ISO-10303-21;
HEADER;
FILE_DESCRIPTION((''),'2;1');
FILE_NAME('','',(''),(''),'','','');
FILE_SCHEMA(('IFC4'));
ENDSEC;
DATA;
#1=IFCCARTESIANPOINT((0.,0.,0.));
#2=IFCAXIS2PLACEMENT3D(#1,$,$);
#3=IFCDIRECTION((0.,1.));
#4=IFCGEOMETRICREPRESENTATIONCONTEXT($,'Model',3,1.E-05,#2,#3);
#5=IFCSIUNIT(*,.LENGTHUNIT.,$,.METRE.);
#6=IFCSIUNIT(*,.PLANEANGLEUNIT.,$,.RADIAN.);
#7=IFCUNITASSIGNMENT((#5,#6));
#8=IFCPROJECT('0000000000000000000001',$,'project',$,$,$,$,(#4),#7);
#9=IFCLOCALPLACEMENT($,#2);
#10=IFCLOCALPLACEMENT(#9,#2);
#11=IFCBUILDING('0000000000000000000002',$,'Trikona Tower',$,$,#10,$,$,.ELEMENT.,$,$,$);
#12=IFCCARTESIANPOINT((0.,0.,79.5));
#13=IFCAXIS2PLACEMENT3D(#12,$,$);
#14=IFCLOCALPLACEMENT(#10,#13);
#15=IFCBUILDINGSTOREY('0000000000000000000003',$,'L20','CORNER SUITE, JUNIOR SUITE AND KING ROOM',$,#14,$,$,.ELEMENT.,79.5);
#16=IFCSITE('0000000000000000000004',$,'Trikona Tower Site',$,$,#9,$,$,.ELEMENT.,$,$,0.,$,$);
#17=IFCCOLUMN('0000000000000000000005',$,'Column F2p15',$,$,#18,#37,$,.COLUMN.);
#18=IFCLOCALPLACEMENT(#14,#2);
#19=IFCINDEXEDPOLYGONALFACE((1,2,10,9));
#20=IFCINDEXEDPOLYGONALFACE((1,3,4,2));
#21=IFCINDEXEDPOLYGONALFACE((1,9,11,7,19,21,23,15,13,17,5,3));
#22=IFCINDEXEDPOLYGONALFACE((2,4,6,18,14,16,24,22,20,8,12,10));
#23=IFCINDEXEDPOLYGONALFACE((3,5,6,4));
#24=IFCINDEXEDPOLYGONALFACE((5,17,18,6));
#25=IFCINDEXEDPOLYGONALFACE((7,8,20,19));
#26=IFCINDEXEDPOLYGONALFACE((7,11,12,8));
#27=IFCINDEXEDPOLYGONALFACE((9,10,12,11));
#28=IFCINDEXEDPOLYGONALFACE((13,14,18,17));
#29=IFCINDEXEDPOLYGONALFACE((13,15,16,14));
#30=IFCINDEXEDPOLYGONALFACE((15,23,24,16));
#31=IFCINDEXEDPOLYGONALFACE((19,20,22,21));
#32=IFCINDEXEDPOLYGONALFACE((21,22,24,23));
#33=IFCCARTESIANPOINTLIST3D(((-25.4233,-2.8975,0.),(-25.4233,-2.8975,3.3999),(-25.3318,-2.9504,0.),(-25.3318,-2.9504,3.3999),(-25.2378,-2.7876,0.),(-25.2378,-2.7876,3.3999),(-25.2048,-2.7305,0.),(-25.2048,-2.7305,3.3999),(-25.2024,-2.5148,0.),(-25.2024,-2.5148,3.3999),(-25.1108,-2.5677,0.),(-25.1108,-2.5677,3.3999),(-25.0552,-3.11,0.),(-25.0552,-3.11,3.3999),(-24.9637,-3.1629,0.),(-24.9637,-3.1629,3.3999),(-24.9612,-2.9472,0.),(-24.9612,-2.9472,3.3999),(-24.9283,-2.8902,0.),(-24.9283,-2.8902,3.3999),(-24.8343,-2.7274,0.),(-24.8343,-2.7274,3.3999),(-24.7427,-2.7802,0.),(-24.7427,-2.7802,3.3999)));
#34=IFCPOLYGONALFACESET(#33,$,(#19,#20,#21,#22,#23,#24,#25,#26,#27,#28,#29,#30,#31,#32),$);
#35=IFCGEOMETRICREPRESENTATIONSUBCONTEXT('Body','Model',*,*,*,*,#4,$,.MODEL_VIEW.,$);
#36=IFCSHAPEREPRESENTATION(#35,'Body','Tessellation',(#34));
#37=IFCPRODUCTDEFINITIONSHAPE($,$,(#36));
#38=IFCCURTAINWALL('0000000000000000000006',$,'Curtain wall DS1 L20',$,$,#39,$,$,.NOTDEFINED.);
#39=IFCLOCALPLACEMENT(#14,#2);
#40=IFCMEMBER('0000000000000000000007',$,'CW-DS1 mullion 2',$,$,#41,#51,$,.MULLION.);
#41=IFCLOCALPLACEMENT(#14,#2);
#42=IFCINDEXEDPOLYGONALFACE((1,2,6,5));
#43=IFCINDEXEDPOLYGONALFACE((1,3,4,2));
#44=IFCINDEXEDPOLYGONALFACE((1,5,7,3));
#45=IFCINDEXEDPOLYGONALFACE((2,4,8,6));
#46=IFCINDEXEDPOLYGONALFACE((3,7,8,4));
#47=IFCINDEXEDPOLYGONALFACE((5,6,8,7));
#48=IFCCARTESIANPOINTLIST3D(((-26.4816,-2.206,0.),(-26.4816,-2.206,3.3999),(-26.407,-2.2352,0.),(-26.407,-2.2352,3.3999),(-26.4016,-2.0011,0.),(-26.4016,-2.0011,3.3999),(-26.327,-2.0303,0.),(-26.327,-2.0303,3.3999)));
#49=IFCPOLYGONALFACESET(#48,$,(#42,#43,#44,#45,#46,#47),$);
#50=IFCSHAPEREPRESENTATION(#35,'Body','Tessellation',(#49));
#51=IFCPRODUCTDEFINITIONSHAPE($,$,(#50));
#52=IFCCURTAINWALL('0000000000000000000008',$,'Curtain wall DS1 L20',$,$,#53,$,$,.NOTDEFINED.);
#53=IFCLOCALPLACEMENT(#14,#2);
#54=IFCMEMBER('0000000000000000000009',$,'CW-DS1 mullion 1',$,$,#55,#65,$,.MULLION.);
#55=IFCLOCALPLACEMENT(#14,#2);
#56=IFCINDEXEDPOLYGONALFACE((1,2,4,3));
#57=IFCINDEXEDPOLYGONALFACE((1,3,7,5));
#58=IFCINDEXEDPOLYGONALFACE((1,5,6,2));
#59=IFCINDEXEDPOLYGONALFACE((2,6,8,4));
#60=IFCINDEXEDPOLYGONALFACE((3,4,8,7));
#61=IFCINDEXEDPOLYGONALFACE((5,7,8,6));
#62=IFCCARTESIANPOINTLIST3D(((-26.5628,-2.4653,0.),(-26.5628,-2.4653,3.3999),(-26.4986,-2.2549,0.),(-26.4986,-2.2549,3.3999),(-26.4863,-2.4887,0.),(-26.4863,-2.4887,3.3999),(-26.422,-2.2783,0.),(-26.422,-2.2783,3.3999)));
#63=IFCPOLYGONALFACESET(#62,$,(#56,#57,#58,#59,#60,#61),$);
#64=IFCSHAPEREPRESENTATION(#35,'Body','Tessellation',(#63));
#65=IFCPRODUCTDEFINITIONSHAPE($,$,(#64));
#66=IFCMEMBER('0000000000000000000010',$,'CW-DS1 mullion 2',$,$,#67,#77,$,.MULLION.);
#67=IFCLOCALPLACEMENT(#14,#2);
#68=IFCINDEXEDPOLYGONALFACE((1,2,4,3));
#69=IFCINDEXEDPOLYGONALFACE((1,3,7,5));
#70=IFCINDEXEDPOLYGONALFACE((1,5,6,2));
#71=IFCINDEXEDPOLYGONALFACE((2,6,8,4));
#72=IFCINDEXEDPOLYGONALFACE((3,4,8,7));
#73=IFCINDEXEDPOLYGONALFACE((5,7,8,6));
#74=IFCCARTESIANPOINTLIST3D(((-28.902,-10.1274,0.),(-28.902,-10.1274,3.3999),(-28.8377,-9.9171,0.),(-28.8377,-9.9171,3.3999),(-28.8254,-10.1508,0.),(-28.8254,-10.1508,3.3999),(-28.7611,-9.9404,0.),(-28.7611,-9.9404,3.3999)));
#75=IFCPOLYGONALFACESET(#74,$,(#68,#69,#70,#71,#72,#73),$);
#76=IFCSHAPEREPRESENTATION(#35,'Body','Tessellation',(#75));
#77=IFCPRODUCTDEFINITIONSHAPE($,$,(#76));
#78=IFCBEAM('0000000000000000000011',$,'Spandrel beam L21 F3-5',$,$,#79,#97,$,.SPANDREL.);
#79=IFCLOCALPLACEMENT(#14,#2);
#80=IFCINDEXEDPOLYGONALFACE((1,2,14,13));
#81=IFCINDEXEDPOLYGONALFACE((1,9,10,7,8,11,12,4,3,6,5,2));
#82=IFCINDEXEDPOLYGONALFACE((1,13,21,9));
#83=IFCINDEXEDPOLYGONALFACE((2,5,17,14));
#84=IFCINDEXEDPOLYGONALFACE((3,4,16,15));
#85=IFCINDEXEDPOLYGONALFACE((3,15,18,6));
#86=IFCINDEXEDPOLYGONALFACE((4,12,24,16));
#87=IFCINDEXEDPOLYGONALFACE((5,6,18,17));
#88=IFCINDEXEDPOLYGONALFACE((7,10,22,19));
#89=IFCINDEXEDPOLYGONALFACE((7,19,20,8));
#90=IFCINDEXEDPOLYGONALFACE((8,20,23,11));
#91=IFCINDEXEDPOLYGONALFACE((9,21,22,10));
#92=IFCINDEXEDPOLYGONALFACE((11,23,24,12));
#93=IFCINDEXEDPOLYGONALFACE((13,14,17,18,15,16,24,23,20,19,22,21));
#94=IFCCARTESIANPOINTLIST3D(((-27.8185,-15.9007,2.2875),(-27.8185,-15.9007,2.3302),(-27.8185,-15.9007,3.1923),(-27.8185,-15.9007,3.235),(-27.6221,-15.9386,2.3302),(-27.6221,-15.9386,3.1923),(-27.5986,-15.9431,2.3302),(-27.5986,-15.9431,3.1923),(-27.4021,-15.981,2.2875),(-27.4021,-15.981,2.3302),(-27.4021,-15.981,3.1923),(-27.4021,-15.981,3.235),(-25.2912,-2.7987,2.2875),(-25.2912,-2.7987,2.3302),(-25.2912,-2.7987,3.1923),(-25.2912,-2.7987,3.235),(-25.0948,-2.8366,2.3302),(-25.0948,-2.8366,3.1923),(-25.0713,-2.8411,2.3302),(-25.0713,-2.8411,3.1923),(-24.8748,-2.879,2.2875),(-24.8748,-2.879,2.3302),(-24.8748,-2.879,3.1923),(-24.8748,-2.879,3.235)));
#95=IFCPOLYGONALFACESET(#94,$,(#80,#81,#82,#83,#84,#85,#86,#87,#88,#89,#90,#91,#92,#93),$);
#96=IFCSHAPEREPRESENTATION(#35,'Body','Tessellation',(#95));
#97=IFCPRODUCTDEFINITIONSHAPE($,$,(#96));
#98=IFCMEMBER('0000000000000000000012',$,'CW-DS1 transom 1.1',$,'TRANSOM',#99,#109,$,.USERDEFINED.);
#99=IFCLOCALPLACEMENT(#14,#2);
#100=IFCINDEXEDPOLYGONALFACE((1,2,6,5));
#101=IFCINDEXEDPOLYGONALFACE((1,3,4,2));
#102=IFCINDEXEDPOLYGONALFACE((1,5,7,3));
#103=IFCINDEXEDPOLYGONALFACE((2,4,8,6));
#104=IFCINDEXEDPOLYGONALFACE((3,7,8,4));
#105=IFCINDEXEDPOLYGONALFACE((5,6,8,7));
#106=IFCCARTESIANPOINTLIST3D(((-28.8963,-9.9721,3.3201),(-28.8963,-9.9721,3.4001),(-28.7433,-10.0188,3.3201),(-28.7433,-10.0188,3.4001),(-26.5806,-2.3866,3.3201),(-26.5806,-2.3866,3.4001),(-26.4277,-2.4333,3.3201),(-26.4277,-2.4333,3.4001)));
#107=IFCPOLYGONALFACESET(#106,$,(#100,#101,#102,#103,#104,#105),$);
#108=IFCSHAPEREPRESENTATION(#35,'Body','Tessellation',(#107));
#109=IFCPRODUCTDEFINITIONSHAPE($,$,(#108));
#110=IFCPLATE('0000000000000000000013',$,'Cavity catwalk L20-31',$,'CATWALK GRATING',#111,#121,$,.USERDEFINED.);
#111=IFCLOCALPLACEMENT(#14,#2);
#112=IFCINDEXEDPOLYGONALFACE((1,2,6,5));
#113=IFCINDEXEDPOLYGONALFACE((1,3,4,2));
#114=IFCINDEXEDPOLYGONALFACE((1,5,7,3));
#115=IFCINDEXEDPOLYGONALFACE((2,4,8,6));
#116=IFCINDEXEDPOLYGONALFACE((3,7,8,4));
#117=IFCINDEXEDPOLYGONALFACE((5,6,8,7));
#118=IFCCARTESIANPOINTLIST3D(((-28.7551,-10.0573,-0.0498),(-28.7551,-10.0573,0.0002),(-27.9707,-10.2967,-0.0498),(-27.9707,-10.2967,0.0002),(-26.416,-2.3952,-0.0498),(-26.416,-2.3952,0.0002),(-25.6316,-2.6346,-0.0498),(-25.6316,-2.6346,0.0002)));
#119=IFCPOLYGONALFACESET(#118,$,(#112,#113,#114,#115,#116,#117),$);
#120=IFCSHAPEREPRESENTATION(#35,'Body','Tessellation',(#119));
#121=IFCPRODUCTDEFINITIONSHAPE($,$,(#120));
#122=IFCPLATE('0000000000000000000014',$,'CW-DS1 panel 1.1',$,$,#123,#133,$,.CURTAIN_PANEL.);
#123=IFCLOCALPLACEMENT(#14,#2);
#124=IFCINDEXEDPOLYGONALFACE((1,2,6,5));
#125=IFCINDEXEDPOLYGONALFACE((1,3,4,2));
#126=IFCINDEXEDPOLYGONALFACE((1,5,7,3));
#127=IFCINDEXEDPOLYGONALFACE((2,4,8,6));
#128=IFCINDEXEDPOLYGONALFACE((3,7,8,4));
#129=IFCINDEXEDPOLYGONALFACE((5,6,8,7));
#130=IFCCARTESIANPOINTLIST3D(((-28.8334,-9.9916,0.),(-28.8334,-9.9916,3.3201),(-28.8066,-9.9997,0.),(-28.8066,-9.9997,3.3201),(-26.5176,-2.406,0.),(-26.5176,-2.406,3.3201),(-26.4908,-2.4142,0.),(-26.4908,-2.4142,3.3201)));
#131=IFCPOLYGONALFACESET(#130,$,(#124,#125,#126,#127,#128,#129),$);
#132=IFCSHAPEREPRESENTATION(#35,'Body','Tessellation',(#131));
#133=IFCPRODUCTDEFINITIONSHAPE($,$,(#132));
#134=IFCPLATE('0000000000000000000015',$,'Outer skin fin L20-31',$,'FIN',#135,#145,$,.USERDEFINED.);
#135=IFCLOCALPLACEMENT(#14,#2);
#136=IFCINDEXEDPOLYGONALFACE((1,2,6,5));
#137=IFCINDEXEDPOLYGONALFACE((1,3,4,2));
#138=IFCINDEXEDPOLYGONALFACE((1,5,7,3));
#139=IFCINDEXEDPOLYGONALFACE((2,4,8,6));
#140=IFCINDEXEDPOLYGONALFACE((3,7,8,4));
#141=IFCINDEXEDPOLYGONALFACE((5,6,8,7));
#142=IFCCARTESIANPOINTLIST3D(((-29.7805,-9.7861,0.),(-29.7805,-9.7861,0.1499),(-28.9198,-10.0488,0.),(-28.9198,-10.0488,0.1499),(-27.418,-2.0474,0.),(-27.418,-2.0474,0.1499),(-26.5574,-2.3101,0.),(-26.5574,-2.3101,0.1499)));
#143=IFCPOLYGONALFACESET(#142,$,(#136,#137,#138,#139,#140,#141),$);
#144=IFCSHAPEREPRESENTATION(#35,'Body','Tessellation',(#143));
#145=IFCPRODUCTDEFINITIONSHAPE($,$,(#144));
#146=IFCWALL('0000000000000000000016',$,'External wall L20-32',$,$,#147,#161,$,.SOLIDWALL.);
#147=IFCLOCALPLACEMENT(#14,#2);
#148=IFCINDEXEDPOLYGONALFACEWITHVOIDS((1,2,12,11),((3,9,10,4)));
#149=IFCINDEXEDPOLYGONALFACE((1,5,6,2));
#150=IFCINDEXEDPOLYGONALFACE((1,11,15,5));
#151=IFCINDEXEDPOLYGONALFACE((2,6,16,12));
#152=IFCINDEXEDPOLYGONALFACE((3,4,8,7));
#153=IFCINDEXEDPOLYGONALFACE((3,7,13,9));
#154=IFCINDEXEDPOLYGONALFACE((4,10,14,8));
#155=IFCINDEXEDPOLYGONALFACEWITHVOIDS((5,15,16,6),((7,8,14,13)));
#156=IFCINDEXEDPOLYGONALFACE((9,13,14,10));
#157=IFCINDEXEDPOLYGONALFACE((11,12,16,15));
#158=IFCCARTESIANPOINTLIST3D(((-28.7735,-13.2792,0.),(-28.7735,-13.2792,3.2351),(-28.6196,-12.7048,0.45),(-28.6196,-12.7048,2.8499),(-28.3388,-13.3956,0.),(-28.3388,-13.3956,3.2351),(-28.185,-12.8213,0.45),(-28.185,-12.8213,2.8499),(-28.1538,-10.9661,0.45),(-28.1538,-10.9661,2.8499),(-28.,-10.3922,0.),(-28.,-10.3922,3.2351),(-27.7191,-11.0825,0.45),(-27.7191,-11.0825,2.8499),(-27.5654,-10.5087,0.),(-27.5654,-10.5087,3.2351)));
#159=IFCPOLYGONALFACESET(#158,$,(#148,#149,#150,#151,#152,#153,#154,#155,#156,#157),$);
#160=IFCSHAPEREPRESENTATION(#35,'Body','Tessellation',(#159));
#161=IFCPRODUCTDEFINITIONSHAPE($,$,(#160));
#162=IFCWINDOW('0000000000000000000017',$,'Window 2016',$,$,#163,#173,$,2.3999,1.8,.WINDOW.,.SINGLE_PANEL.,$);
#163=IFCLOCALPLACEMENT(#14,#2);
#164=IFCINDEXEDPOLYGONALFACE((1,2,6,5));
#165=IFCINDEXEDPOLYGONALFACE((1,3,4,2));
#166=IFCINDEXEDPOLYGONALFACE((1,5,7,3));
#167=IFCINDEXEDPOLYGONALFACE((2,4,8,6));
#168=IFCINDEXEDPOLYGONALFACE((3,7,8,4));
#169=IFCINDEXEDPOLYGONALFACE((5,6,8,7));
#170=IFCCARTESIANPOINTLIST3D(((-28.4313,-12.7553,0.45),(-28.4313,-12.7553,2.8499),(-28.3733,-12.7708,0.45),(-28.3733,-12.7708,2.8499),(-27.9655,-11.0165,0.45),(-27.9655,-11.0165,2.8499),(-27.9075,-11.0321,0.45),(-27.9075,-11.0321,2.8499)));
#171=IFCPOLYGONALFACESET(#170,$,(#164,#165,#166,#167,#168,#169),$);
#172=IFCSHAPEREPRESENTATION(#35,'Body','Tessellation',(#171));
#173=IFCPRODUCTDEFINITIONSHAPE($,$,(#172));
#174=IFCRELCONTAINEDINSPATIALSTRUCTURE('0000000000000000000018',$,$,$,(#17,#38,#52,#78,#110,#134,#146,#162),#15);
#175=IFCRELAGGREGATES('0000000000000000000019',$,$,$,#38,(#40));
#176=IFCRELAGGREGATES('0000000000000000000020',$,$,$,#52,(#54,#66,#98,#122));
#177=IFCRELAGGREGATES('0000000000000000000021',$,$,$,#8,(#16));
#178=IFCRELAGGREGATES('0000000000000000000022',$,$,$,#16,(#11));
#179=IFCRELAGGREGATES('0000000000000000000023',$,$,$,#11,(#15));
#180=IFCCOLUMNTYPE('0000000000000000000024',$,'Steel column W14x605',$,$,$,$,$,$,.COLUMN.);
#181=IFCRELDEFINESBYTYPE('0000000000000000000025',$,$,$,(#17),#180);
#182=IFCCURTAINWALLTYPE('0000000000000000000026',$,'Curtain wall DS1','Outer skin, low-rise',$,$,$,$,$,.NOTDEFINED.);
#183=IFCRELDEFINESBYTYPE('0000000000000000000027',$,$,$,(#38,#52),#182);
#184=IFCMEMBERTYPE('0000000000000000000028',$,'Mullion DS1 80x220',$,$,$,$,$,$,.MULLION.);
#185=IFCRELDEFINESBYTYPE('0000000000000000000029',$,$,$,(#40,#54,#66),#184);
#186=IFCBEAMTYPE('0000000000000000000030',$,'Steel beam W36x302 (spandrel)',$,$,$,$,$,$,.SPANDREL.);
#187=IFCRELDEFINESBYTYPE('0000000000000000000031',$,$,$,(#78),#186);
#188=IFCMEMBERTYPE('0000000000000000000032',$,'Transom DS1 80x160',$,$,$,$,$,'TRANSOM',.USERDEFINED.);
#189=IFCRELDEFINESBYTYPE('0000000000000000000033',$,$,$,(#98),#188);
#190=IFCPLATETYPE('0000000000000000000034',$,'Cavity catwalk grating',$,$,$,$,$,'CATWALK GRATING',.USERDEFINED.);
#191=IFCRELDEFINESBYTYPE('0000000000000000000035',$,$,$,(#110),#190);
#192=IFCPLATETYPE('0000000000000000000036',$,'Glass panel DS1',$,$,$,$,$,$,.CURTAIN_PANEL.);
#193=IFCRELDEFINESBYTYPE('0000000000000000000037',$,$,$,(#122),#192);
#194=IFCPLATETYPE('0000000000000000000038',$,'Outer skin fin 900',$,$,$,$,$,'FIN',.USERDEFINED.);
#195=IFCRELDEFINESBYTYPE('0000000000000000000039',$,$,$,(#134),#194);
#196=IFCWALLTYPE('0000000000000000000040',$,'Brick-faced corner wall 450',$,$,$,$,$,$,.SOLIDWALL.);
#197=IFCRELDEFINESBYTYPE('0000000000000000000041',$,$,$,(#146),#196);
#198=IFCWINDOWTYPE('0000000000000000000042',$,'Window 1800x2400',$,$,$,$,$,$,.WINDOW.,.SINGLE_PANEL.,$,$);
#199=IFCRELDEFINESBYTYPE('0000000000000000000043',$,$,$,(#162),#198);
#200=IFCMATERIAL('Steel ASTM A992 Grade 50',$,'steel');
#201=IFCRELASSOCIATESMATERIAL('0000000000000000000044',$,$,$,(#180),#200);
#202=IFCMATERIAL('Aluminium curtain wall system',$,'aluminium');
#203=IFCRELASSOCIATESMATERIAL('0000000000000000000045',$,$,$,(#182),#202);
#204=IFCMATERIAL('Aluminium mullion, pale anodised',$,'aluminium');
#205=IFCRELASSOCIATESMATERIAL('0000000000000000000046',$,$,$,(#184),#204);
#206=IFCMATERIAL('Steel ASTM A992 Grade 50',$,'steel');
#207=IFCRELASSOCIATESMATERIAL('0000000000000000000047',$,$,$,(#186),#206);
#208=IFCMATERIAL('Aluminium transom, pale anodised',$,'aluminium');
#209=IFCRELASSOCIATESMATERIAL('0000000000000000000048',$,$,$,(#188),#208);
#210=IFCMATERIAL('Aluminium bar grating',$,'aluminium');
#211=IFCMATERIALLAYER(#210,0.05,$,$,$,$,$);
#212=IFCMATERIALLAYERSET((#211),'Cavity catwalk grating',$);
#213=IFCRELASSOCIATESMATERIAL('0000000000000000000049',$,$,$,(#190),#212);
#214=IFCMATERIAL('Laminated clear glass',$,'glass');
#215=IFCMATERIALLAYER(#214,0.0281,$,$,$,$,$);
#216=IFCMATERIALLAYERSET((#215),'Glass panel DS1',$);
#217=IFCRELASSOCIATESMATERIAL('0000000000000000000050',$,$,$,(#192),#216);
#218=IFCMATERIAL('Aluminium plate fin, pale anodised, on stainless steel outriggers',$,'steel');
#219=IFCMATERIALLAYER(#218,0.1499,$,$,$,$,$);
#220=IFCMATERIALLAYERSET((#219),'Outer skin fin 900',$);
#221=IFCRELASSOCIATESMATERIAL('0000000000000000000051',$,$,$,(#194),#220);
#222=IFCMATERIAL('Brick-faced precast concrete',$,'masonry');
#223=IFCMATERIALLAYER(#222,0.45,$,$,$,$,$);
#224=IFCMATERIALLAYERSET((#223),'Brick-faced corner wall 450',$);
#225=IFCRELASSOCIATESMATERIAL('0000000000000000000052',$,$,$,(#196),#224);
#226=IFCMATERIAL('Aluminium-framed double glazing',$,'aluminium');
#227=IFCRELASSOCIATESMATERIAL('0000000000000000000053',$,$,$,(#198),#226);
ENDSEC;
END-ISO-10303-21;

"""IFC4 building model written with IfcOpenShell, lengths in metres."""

from ifc_helpers import new_model, si_unit, direction, frame, frame_2d, origin, origin_2d, place, context, subcontext, project, spatial, rectangle, i_section, extrude, material, layer, layer_set, material_profile, profile_set, type_object, element, fill, aggregate, save


model = new_model("IFC4")

# Units and contexts
model_context = context("Model", 3, precision=1e-05, world=origin(), true_north=direction((0.0, 1.0)))
body_context = subcontext(model_context, "Body", "Model", "MODEL_VIEW")
ifc_project = project(units=[si_unit("LENGTHUNIT", "METRE"), si_unit("PLANEANGLEUNIT", "RADIAN")], contexts=[model_context])

# Site, building, storey
site_placement = place(None, origin())
site = spatial("IfcSite", under=ifc_project, at=site_placement, Name="Trikona Tower Site", CompositionType="ELEMENT", RefElevation=0.0)
building_placement = place(site_placement, origin())
building = spatial("IfcBuilding", under=site, at=building_placement, Name="Trikona Tower", CompositionType="ELEMENT")
storey_placement = place(building_placement, frame((0.0, 0.0, 79.5)))
storey = spatial("IfcBuildingStorey", under=building, at=storey_placement, Name="L20", Description="CORNER SUITE, JUNIOR SUITE AND KING ROOM", CompositionType="ELEMENT", Elevation=79.5)

# Column
ifc_material_1 = material(Name="Steel ASTM A992 Grade 50", Category="steel")
ifc_material_profile_1 = material_profile(ifc_material_1, i_section(OverallWidth=0.4419, OverallDepth=0.5308, WebThickness=0.0659, FlangeThickness=0.1057, at=origin_2d()), Name="W14X605")
ifc_profile_set_1 = profile_set([ifc_material_profile_1], Name="Steel ASTM A992 Grade 50")
column_type = type_object("IfcColumnType", Name="Steel column W14x605", PredefinedType="COLUMN", material=ifc_profile_set_1)
column_placement = place(storey_placement, frame((-25.083, -2.8389, 0.0), z_axis=(0.0, 0.0, 1.0), x_axis=(-0.5, -0.866025, 0.0)))
element("IfcColumn", 1, at=column_placement, inside=storey, type_object=column_type, Name="Column F2p15", PredefinedType="COLUMN", context=body_context, shape_type="SweptSolid", body=[
    extrude(i_section(OverallWidth=0.4419, OverallDepth=0.5308, WebThickness=0.0659, FlangeThickness=0.1057, at=origin_2d()), origin(), (0.0, 0.0, 1.0), 3.3999),
])

# Curtain wall, member
ifc_material_2 = material(Name="Aluminium curtain wall system", Category="aluminium")
curtain_wall_type = type_object("IfcCurtainWallType", Name="Curtain wall DS1", Description="Outer skin, low-rise", PredefinedType="NOTDEFINED", material=ifc_material_2)
curtain_wall_1_placement = place(storey_placement, origin())
curtain_wall_1 = element("IfcCurtainWall", 2, at=curtain_wall_1_placement, inside=storey, type_object=curtain_wall_type, Name="Curtain wall DS1 L20", PredefinedType="NOTDEFINED")
ifc_material_3 = material(Name="Aluminium mullion, pale anodised", Category="aluminium")
ifc_material_profile_2 = material_profile(ifc_material_3, rectangle(XDim=0.0801, YDim=0.22, at=origin_2d()), Name="MUL-DS1")
ifc_profile_set_2 = profile_set([ifc_material_profile_2], Name="Aluminium mullion, pale anodised")
member_type_1 = type_object("IfcMemberType", Name="Mullion DS1 80x220", PredefinedType="MULLION", material=ifc_profile_set_2)
member_1_placement = place(storey_placement, frame((-26.4043, -2.1182, 0.0), z_axis=(0.0, 0.0, 1.0), x_axis=(0.931396, -0.364008, 0.0)))
member_1 = element("IfcMember", 3, at=member_1_placement, type_object=member_type_1, Name="CW-DS1 mullion 2", PredefinedType="MULLION", context=body_context, shape_type="SweptSolid", body=[
    extrude(rectangle(XDim=0.0801, YDim=0.22, at=origin_2d()), origin(), (0.0, 0.0, 1.0), 3.3999),
])
aggregate(curtain_wall_1, [member_1])

# Curtain wall, members
curtain_wall_2_placement = place(storey_placement, origin())
curtain_wall_2 = element("IfcCurtainWall", 4, at=curtain_wall_2_placement, inside=storey, type_object=curtain_wall_type, Name="Curtain wall DS1 L20", PredefinedType="NOTDEFINED")
member_2_placement = place(storey_placement, frame((-26.4924, -2.3718, 0.0), z_axis=(0.0, 0.0, 1.0), x_axis=(0.956423, -0.291984, 0.0)))
member_2 = element("IfcMember", 5, at=member_2_placement, type_object=member_type_1, Name="CW-DS1 mullion 1", PredefinedType="MULLION", context=body_context, shape_type="SweptSolid", body=[
    extrude(rectangle(XDim=0.0801, YDim=0.22, at=origin_2d()), origin(), (0.0, 0.0, 1.0), 3.3999),
])
member_3_placement = place(storey_placement, frame((-28.8315, -10.0339, 0.0), z_axis=(0.0, 0.0, 1.0), x_axis=(0.956423, -0.291984, 0.0)))
member_3 = element("IfcMember", 6, at=member_3_placement, type_object=member_type_1, Name="CW-DS1 mullion 2", PredefinedType="MULLION", context=body_context, shape_type="SweptSolid", body=[
    extrude(rectangle(XDim=0.0801, YDim=0.22, at=origin_2d()), origin(), (0.0, 0.0, 1.0), 3.3999),
])

# Beam
ifc_material_4 = material(Name="Steel ASTM A992 Grade 50", Category="steel")
ifc_material_profile_3 = material_profile(ifc_material_4, i_section(OverallWidth=0.4241, OverallDepth=0.9475, WebThickness=0.0239, FlangeThickness=0.0427, at=origin_2d()), Name="W36X302")
ifc_profile_set_3 = profile_set([ifc_material_profile_3], Name="Steel ASTM A992 Grade 50")
beam_type = type_object("IfcBeamType", Name="Steel beam W36x302 (spandrel)", PredefinedType="SPANDREL", material=ifc_profile_set_3)
beam_placement = place(storey_placement, frame((-25.083, -2.8389, 2.7612), z_axis=(-0.189405, -0.981899, 0.0), x_axis=(0.981899, -0.189405, 0.0)))
element("IfcBeam", 7, at=beam_placement, inside=storey, type_object=beam_type, Name="Spandrel beam L21 F3-5", PredefinedType="SPANDREL", context=body_context, shape_type="SweptSolid", body=[
    extrude(i_section(OverallWidth=0.4241, OverallDepth=0.9475, WebThickness=0.0239, FlangeThickness=0.0427, at=origin_2d()), origin(), (0.0, 0.0, 1.0), 13.3435),
])

# Member
ifc_material_5 = material(Name="Aluminium transom, pale anodised", Category="aluminium")
ifc_material_profile_4 = material_profile(ifc_material_5, rectangle(XDim=0.1599, YDim=0.0801, at=origin_2d()), Name="TRN-DS1")
ifc_profile_set_4 = profile_set([ifc_material_profile_4], Name="Aluminium transom, pale anodised")
member_type_2 = type_object("IfcMemberType", Name="Transom DS1 80x160", ElementType="TRANSOM", PredefinedType="USERDEFINED", material=ifc_profile_set_4)
member_4_placement = place(storey_placement, frame((-26.5042, -2.4099, 3.3601), z_axis=(-0.291967, -0.956428, 0.0), x_axis=(0.956428, -0.291967, 0.0)))
member_4 = element("IfcMember", 8, at=member_4_placement, type_object=member_type_2, Name="CW-DS1 transom 1.1", ObjectType="TRANSOM", PredefinedType="USERDEFINED", context=body_context, shape_type="SweptSolid", body=[
    extrude(rectangle(XDim=0.1599, YDim=0.0801, at=origin_2d()), origin(), (0.0, 0.0, 1.0), 7.9312),
])

# Plates
ifc_material_6 = material(Name="Aluminium bar grating", Category="aluminium")
ifc_layer_1 = layer(ifc_material_6, 0.05)
ifc_layer_set_1 = layer_set([ifc_layer_1], Name="Cavity catwalk grating")
plate_type_1 = type_object("IfcPlateType", Name="Cavity catwalk grating", ElementType="CATWALK GRATING", PredefinedType="USERDEFINED", material=ifc_layer_set_1)
plate_1_placement = place(storey_placement, frame((-27.1934, -6.3459, -0.0498), z_axis=(0.0, 0.0, 1.0), x_axis=(-0.291979, -0.956425, 0.0)))
element("IfcPlate", 9, at=plate_1_placement, inside=storey, type_object=plate_type_1, Name="Cavity catwalk L20-31", ObjectType="CATWALK GRATING", PredefinedType="USERDEFINED", context=body_context, shape_type="SweptSolid", body=[
    extrude(rectangle(XDim=8.0112, YDim=0.8201, at=origin_2d()), origin(), (0.0, 0.0, 1.0), 0.05),
])
ifc_material_7 = material(Name="Laminated clear glass", Category="glass")
ifc_layer_2 = layer(ifc_material_7, 0.0281)
ifc_layer_set_2 = layer_set([ifc_layer_2], Name="Glass panel DS1")
plate_type_2 = type_object("IfcPlateType", Name="Glass panel DS1", PredefinedType="CURTAIN_PANEL", material=ifc_layer_set_2)
plate_2_placement = place(storey_placement, frame((-27.6621, -6.2029, 0.0), z_axis=(0.0, 0.0, 1.0), x_axis=(-0.291984, -0.956423, 0.0)))
plate_2 = element("IfcPlate", 10, at=plate_2_placement, type_object=plate_type_2, Name="CW-DS1 panel 1.1", PredefinedType="CURTAIN_PANEL", context=body_context, shape_type="SweptSolid", body=[
    extrude(rectangle(XDim=7.9312, YDim=0.0281, at=origin_2d()), origin(), (0.0, 0.0, 1.0), 3.3201),
])
aggregate(curtain_wall_2, [member_2, member_3, member_4, plate_2])
ifc_material_8 = material(Name="Aluminium plate fin, pale anodised, on stainless steel outriggers", Category="steel")
ifc_layer_3 = layer(ifc_material_8, 0.1499)
ifc_layer_set_3 = layer_set([ifc_layer_3], Name="Outer skin fin 900")
plate_type_3 = type_object("IfcPlateType", Name="Outer skin fin 900", ElementType="FIN", PredefinedType="USERDEFINED", material=ifc_layer_set_3)
plate_3_placement = place(storey_placement, frame((-28.1689, -6.0481, 0.0), z_axis=(0.0, 0.0, 1.0), x_axis=(-0.291979, -0.956425, 0.0)))
element("IfcPlate", 11, at=plate_3_placement, inside=storey, type_object=plate_type_3, Name="Outer skin fin L20-31", ObjectType="FIN", PredefinedType="USERDEFINED", context=body_context, shape_type="SweptSolid", body=[
    extrude(rectangle(XDim=8.0913, YDim=0.8999, at=origin_2d()), origin(), (0.0, 0.0, 1.0), 0.1499),
])

# Wall, opening, window
ifc_material_9 = material(Name="Brick-faced precast concrete", Category="masonry")
ifc_layer_4 = layer(ifc_material_9, 0.45)
ifc_layer_set_4 = layer_set([ifc_layer_4], Name="Brick-faced corner wall 450")
wall_type_1 = type_object("IfcWallType", Name="Brick-faced corner wall 450", PredefinedType="SOLIDWALL", material=ifc_layer_set_4)
wall_1_placement = place(storey_placement, frame((-27.7827, -10.4504, 0.0), z_axis=(0.0, 0.0, 1.0), x_axis=(-0.258781, -0.965936, 0.0)))
wall_1 = element("IfcWall", 12, at=wall_1_placement, inside=storey, type_object=wall_type_1, Name="External wall L20-32", PredefinedType="SOLIDWALL", context=body_context, shape_type="SweptSolid", body=[
    extrude(rectangle(XDim=2.9888, YDim=0.45, at=frame_2d((1.4944, 0.0))), origin(), (0.0, 0.0, 1.0), 3.2351),
])
opening_1_placement = place(wall_1_placement, frame((0.5942, 0.0, 0.45)))
opening_1 = element("IfcOpeningElement", 13, at=opening_1_placement, cuts=wall_1, PredefinedType="OPENING", context=body_context, shape_type="SweptSolid", body=[
    extrude(rectangle(XDim=1.8, YDim=2.3999, at=frame_2d((0.8999, 1.2))), frame((0.0, 0.2349, 0.0), z_axis=(0.0, -1.0, 0.0), x_axis=(1.0, 0.0, 0.0)), (0.0, 0.0, 1.0), 0.47),
])
ifc_material_10 = material(Name="Aluminium-framed double glazing", Category="aluminium")
window_type_1 = type_object("IfcWindowType", Name="Window 1800x2400", PartitioningType="SINGLE_PANEL", PredefinedType="WINDOW", material=ifc_material_10)
window_1_placement = place(opening_1_placement, origin())
window_1 = element("IfcWindow", 14, at=window_1_placement, inside=storey, type_object=window_type_1, Name="Window 2016", OverallHeight=2.3999, OverallWidth=1.8, PartitioningType="SINGLE_PANEL", PredefinedType="WINDOW", context=body_context, shape_type="SweptSolid", body=[
    extrude(rectangle(XDim=1.8, YDim=2.3999, at=frame_2d((0.8999, 1.2))), frame((0.0, 0.03, 0.0), z_axis=(0.0, -1.0, 0.0), x_axis=(1.0, 0.0, 0.0)), (0.0, 0.0, 1.0), 0.0601),
])
fill(opening_1, window_1)

save(model, "model.ifc")
